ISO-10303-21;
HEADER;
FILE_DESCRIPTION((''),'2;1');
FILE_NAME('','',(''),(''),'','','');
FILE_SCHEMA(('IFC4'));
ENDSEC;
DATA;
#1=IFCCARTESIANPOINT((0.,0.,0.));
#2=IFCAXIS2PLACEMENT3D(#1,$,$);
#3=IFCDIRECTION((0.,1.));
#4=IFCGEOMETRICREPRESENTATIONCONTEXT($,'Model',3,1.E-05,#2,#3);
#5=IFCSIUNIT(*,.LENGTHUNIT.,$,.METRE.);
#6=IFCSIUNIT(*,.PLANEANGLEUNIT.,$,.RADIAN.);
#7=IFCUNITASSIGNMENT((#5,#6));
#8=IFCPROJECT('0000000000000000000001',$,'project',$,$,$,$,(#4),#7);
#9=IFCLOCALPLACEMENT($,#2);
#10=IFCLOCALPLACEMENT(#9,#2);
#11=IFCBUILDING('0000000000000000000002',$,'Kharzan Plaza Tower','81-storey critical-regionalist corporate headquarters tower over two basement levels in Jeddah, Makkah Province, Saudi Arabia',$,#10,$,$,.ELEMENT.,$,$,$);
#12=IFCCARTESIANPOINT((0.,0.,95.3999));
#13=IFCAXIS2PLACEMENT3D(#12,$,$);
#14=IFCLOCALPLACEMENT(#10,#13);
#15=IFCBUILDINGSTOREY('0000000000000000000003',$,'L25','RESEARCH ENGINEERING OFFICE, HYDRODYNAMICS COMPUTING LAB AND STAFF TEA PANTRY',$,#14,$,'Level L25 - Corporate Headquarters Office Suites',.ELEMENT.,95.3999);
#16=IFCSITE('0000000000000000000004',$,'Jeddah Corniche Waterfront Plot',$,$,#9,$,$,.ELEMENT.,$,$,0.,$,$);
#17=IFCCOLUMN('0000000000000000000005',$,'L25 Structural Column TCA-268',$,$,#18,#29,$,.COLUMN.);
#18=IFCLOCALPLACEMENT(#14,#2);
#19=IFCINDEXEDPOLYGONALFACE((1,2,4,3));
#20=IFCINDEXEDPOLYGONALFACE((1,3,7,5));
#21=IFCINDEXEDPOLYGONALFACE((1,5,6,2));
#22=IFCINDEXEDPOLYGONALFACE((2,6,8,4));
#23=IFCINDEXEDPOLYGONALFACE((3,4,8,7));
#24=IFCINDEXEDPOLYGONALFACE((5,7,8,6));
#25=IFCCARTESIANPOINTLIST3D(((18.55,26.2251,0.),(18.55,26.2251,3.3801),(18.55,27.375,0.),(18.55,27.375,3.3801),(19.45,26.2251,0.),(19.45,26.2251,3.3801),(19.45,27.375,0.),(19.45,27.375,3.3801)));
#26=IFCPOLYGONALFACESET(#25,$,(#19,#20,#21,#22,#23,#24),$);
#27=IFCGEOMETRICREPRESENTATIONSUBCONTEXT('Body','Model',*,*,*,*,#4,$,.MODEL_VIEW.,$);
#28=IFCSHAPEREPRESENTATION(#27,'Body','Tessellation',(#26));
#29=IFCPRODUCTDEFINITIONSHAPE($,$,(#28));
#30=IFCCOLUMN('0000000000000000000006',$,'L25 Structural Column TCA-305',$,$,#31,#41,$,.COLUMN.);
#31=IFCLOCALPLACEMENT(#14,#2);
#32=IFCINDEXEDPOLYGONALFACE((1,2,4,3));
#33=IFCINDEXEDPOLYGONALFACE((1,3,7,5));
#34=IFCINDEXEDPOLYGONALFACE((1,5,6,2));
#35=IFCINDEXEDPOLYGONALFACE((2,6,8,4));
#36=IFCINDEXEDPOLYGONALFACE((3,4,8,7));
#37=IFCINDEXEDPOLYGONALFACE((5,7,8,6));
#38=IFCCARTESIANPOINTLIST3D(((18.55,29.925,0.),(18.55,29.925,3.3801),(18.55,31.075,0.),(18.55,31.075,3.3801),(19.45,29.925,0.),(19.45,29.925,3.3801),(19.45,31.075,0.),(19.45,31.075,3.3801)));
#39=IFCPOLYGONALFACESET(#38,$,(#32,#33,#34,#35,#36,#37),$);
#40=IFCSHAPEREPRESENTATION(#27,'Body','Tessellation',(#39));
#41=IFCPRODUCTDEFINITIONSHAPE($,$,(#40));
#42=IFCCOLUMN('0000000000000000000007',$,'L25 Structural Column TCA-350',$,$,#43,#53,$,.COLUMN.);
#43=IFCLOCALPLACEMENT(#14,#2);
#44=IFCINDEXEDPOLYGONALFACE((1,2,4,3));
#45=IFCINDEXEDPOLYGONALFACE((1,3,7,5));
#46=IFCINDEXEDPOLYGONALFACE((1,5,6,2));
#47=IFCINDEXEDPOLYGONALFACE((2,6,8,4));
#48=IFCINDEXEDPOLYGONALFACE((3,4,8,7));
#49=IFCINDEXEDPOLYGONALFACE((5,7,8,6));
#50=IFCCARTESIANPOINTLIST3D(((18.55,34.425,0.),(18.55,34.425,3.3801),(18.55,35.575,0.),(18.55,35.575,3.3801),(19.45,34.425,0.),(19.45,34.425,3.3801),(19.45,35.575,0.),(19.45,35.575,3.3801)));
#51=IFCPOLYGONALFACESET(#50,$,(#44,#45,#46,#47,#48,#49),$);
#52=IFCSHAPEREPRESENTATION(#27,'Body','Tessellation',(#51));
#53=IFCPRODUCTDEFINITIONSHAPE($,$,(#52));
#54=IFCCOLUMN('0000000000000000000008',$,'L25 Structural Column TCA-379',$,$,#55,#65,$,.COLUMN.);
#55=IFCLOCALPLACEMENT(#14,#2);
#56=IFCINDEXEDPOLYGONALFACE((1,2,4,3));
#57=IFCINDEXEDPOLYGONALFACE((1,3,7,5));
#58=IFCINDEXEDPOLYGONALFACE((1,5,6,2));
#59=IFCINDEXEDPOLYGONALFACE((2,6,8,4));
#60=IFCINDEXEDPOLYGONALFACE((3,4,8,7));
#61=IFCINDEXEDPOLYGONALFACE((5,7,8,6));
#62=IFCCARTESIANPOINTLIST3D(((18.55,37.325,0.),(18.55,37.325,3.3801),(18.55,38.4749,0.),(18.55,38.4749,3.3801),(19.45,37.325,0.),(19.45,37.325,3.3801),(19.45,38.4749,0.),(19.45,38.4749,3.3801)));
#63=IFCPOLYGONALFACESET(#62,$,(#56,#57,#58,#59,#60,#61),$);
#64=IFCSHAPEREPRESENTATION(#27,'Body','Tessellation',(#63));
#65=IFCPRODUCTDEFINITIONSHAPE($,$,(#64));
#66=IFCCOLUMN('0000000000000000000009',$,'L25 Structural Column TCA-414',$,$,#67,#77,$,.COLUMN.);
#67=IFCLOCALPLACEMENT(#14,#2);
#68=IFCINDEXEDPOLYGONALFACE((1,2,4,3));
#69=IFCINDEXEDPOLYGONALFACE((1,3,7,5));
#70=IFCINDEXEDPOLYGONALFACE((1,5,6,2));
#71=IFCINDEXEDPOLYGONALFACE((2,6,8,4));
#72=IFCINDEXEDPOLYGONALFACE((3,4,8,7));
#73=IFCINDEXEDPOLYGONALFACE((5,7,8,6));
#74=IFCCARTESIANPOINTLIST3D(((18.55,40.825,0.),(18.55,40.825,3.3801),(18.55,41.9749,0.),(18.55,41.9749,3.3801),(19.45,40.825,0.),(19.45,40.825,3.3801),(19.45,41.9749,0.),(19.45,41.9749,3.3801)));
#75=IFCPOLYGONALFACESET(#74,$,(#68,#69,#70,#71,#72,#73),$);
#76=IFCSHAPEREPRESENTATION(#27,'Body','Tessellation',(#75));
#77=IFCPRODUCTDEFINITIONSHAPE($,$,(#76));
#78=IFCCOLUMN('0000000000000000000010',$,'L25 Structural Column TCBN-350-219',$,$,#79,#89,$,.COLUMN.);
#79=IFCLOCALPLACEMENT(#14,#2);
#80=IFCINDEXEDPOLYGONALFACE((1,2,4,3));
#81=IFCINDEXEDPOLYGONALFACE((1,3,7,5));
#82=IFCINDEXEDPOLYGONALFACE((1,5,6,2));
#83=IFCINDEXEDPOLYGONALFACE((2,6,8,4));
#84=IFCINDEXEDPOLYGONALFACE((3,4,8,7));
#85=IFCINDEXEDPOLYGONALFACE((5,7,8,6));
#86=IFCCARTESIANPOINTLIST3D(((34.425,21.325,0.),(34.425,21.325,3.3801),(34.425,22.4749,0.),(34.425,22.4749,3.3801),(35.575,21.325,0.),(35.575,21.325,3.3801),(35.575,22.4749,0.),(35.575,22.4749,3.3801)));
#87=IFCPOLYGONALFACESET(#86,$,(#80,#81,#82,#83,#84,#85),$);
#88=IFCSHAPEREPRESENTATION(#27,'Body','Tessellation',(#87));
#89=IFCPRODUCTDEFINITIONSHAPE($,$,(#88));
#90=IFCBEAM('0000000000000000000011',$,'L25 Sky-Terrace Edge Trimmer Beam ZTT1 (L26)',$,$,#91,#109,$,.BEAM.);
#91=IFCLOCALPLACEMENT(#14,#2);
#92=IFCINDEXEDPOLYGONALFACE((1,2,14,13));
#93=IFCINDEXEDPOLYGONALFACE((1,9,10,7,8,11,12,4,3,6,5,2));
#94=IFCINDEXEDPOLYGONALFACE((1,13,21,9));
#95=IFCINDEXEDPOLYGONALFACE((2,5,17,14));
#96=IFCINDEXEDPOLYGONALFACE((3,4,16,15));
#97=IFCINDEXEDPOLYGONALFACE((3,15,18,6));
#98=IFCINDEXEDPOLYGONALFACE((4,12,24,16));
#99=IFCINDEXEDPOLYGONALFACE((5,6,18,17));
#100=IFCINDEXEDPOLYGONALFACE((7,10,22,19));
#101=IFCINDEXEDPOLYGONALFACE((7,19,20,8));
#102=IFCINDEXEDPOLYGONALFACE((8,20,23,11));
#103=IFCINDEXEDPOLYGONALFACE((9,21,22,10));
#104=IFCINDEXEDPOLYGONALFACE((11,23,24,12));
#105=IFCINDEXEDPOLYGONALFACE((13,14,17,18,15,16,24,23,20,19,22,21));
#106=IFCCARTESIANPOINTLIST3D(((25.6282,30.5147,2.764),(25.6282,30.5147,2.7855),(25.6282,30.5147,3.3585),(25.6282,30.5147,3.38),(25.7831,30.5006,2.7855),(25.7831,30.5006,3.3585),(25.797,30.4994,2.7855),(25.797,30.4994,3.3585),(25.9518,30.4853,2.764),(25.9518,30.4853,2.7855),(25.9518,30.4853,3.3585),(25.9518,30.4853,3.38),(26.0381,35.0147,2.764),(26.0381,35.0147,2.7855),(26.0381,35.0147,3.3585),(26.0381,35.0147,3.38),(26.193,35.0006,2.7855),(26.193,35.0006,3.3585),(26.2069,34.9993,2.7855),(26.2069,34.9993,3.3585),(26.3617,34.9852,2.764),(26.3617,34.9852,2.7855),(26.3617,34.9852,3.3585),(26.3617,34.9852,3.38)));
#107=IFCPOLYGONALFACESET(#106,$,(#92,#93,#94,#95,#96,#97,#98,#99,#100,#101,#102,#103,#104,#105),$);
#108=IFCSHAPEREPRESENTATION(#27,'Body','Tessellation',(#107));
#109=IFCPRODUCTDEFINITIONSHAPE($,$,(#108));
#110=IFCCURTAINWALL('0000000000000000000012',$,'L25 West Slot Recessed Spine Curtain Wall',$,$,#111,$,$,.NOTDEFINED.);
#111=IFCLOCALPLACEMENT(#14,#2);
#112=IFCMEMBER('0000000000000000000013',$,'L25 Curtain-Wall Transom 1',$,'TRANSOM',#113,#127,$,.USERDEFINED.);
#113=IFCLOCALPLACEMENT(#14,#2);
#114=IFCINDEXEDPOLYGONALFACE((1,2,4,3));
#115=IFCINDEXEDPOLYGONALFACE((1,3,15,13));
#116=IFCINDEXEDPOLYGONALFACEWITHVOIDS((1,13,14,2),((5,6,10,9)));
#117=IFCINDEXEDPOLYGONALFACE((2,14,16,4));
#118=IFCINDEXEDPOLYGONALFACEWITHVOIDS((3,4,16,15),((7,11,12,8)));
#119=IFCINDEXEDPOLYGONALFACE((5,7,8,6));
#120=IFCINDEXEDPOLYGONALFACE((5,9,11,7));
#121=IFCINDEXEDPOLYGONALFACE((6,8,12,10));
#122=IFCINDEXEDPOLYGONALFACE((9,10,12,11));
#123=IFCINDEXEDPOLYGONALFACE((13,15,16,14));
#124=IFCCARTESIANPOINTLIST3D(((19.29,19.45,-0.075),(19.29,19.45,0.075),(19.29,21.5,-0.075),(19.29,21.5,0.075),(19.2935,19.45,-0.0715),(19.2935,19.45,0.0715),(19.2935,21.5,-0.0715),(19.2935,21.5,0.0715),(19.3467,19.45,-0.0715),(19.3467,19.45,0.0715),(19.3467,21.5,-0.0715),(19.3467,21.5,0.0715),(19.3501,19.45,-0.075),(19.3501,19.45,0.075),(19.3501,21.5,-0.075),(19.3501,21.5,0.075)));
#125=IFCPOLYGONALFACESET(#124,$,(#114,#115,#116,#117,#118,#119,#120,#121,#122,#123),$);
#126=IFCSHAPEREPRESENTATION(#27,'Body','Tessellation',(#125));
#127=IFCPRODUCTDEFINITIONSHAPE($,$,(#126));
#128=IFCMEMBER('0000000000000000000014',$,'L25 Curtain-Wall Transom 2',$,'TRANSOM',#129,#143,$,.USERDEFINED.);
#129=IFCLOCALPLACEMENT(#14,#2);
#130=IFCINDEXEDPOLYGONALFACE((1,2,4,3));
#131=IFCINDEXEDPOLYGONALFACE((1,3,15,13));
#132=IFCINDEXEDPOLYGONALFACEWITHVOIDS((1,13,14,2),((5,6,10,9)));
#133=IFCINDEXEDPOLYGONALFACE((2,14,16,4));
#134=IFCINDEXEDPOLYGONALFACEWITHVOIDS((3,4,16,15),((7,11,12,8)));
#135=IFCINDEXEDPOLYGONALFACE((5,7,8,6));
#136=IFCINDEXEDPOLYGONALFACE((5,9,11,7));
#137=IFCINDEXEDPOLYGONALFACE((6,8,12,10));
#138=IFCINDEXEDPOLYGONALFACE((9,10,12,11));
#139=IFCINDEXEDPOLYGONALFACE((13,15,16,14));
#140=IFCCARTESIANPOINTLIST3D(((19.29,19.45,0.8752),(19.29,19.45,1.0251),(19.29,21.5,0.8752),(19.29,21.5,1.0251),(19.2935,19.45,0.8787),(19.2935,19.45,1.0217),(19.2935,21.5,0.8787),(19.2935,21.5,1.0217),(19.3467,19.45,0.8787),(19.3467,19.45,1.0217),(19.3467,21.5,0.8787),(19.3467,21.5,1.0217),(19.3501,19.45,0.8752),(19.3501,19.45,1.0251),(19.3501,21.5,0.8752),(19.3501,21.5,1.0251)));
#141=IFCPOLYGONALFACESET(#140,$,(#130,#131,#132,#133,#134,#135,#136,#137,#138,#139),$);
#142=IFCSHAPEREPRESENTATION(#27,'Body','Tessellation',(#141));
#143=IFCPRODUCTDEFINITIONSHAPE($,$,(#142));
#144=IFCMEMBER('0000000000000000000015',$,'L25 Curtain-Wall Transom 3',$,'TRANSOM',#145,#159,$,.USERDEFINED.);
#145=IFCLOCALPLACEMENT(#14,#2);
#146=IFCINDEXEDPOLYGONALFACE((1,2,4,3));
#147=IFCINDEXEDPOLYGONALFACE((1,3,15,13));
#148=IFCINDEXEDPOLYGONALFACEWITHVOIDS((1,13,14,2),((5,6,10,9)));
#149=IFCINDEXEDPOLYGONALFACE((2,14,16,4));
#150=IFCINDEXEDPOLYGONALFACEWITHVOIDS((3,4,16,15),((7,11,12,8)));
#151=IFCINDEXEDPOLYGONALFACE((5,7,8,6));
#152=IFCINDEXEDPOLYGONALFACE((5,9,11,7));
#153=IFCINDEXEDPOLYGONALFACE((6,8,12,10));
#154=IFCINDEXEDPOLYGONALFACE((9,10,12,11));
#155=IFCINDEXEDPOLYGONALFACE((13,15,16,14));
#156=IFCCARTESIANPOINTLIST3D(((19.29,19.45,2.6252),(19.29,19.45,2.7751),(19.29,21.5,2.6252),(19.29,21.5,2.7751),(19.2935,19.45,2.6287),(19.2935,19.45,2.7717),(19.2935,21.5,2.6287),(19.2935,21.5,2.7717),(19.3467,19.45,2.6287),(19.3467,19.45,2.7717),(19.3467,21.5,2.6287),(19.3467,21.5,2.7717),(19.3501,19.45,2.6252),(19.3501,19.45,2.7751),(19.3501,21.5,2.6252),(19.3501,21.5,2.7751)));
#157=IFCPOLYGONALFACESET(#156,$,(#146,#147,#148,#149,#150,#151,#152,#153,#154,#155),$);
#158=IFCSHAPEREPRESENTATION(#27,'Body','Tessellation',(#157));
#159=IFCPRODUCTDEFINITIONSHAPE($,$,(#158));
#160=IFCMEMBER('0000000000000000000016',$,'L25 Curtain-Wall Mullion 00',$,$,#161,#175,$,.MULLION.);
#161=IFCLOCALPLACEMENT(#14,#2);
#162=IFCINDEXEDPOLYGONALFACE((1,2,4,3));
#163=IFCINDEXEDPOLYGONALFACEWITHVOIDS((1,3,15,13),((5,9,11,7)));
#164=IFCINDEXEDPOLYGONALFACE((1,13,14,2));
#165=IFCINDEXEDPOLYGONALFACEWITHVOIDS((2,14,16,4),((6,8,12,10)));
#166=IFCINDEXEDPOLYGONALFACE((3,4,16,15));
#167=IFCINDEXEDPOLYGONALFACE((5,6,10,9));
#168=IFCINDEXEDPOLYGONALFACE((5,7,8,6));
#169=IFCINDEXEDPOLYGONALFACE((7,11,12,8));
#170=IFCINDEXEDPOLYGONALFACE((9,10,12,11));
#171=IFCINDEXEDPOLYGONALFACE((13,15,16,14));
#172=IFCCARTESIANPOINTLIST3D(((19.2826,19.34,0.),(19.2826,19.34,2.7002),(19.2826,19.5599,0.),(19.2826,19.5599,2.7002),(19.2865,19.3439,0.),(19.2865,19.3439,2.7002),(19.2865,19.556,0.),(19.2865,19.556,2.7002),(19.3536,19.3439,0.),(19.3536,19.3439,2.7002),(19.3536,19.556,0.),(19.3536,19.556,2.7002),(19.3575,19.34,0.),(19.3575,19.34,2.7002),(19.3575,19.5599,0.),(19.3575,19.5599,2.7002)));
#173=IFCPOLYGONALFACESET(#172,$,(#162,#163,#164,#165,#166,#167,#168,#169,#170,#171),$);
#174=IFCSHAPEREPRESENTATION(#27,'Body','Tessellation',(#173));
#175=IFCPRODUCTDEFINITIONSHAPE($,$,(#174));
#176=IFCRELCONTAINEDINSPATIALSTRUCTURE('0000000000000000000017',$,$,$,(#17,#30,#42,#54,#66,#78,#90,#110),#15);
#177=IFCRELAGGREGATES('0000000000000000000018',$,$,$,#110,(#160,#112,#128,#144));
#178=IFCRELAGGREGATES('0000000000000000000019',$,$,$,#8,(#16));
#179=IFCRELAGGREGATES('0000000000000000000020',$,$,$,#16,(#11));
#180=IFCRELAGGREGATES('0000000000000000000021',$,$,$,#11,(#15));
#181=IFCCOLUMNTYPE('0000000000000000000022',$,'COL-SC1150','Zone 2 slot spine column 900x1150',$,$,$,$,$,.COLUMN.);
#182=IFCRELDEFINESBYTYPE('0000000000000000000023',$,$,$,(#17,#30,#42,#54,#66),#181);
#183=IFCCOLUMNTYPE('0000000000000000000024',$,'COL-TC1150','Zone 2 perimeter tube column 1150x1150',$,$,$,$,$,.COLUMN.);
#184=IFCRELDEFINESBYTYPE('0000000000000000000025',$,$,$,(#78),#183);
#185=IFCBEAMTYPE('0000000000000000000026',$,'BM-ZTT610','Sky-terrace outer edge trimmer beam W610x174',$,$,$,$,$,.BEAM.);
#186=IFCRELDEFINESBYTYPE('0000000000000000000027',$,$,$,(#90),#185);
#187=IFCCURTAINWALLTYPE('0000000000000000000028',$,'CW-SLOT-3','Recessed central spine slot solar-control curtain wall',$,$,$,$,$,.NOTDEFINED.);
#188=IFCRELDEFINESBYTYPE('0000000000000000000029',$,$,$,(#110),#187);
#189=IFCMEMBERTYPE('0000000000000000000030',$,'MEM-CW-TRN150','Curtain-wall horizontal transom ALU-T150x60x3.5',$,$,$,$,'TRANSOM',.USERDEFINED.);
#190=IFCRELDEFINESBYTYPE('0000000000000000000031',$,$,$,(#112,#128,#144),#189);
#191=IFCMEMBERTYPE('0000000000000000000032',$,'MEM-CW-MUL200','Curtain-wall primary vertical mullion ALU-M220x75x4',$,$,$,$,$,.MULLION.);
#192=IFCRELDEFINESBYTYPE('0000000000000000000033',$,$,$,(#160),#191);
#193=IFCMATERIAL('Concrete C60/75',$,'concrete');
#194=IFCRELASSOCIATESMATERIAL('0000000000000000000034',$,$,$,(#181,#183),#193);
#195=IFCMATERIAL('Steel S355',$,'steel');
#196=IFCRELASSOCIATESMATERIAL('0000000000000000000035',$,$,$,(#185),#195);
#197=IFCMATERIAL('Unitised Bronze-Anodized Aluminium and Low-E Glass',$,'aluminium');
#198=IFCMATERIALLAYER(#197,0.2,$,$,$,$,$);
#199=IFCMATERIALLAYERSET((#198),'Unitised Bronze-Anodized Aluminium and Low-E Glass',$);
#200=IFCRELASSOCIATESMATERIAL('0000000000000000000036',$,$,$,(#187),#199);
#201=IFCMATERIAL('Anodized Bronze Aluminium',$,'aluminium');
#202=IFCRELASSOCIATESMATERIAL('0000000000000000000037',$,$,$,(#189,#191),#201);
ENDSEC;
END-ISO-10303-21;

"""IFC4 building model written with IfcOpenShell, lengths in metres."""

from ifc_helpers import new_model, si_unit, direction, frame, origin, origin_2d, place, context, subcontext, project, spatial, rectangle, hollow_rectangle, i_section, extrude, source, transform, mapped, material, layer, layer_set, material_profile, profile_set, type_object, element, aggregate, save


model = new_model("IFC4")

# Units and contexts
model_context = context("Model", 3, precision=1e-05, world=origin(), true_north=direction((0.0, 1.0)))
body_context = subcontext(model_context, "Body", "Model", "MODEL_VIEW")
ifc_project = project(units=[si_unit("LENGTHUNIT", "METRE"), si_unit("PLANEANGLEUNIT", "RADIAN")], contexts=[model_context])

# Site, building, storey
site_placement = place(None, origin())
site = spatial("IfcSite", under=ifc_project, at=site_placement, Name="Jeddah Corniche Waterfront Plot", CompositionType="ELEMENT", RefElevation=0.0)
building_placement = place(site_placement, origin())
building = spatial("IfcBuilding", under=site, at=building_placement, Name="Kharzan Plaza Tower", Description="81-storey critical-regionalist corporate headquarters tower over two basement levels in Jeddah, Makkah Province, Saudi Arabia", CompositionType="ELEMENT")
storey_placement = place(building_placement, frame((0.0, 0.0, 95.3999)))
storey = spatial("IfcBuildingStorey", under=building, at=storey_placement, Name="L25", Description="RESEARCH ENGINEERING OFFICE, HYDRODYNAMICS COMPUTING LAB AND STAFF TEA PANTRY", LongName="Level L25 - Corporate Headquarters Office Suites", CompositionType="ELEMENT", Elevation=95.3999)

# Columns
ifc_material_1 = material(Name="Concrete C60/75", Category="concrete")
ifc_material_profile_1 = material_profile(ifc_material_1, rectangle(XDim=0.8999, YDim=1.1499, at=origin_2d()), Name="RC-SC1150x900")
ifc_profile_set_1 = profile_set([ifc_material_profile_1], Name="Concrete C60/75")
column_type_1 = type_object("IfcColumnType", Name="COL-SC1150", Description="Zone 2 slot spine column 900x1150", PredefinedType="COLUMN", material=ifc_profile_set_1)
shared_shape_1 = source(origin(), body_context, "Body", "SweptSolid", [
    extrude(rectangle(XDim=0.8999, YDim=1.1499, at=origin_2d()), origin(), (0.0, 0.0, 1.0), 3.3801),
])
for number, where, z_axis, x_axis, name in (
    (1, (19.0, 26.8, 0.0), (0.0, 0.0, 1.0), (1.0, 0.0, 0.0), "L25 Structural Column TCA-268"),
    (2, (19.0, 30.5, 0.0), (0.0, 0.0, 1.0), (1.0, 0.0, 0.0), "L25 Structural Column TCA-305"),
    (3, (19.0, 35.0, 0.0), (0.0, 0.0, 1.0), (1.0, 0.0, 0.0), "L25 Structural Column TCA-350"),
    (4, (19.0, 37.8999, 0.0), (0.0, 0.0, 1.0), (1.0, 0.0, 0.0), "L25 Structural Column TCA-379"),
    (5, (19.0, 41.3999, 0.0), (0.0, 0.0, 1.0), (1.0, 0.0, 0.0), "L25 Structural Column TCA-414"),
):
    element("IfcColumn", number, at=place(storey_placement, frame(where, z_axis=z_axis, x_axis=x_axis)), inside=storey, type_object=column_type_1, Name=name, PredefinedType="COLUMN", context=body_context, shape_type="MappedRepresentation", body=[
        mapped(shared_shape_1, transform((0.0, 0.0, 0.0), x_axis=(1.0, 0.0, 0.0), y_axis=(0.0, 1.0, 0.0), z_axis=(0.0, 0.0, 1.0))),
    ])
ifc_material_profile_2 = material_profile(ifc_material_1, rectangle(XDim=1.1499, YDim=1.1499, at=origin_2d()), Name="RC-TC1150x1150")
ifc_profile_set_2 = profile_set([ifc_material_profile_2], Name="Concrete C60/75")
column_type_2 = type_object("IfcColumnType", Name="COL-TC1150", Description="Zone 2 perimeter tube column 1150x1150", PredefinedType="COLUMN", material=ifc_profile_set_2)
shared_shape_2 = source(origin(), body_context, "Body", "SweptSolid", [
    extrude(rectangle(XDim=1.1499, YDim=1.1499, at=origin_2d()), origin(), (0.0, 0.0, 1.0), 3.3801),
])
column_placement = place(storey_placement, frame((35.0, 21.8999, 0.0), z_axis=(0.0, 0.0, 1.0), x_axis=(1.0, 0.0, 0.0)))
element("IfcColumn", 6, at=column_placement, inside=storey, type_object=column_type_2, Name="L25 Structural Column TCBN-350-219", PredefinedType="COLUMN", context=body_context, shape_type="MappedRepresentation", body=[
    mapped(shared_shape_2, transform((0.0, 0.0, 0.0), x_axis=(1.0, 0.0, 0.0), y_axis=(0.0, 1.0, 0.0), z_axis=(0.0, 0.0, 1.0))),
])

# Beam
ifc_material_2 = material(Name="Steel S355", Category="steel")
ifc_material_profile_3 = material_profile(ifc_material_2, i_section(OverallWidth=0.325, OverallDepth=0.616, WebThickness=0.0139, FlangeThickness=0.0215, at=origin_2d()), Name="W610x174")
ifc_profile_set_3 = profile_set([ifc_material_profile_3], Name="Steel S355")
beam_type_1 = type_object("IfcBeamType", Name="BM-ZTT610", Description="Sky-terrace outer edge trimmer beam W610x174", PredefinedType="BEAM", material=ifc_profile_set_3)
shared_shape_3 = source(origin(), body_context, "Body", "SweptSolid", [
    extrude(i_section(OverallWidth=0.325, OverallDepth=0.616, WebThickness=0.0139, FlangeThickness=0.0215, at=origin_2d()), origin(), (0.0, 0.0, 1.0), 4.5186),
])
beam_1_placement = place(storey_placement, frame((25.79, 30.5, 3.072), z_axis=(0.090716, 0.995877, 0.0), x_axis=(-0.995877, 0.090716, 0.0)))
element("IfcBeam", 7, at=beam_1_placement, inside=storey, type_object=beam_type_1, Name="L25 Sky-Terrace Edge Trimmer Beam ZTT1 (L26)", PredefinedType="BEAM", context=body_context, shape_type="MappedRepresentation", body=[
    mapped(shared_shape_3, transform((0.0, 0.0, 0.0), x_axis=(1.0, 0.0, 0.0), y_axis=(0.0, 1.0, 0.0), z_axis=(0.0, 0.0, 1.0))),
])

# Curtain wall, members
ifc_material_3 = material(Name="Unitised Bronze-Anodized Aluminium and Low-E Glass", Category="aluminium")
ifc_layer_1 = layer(ifc_material_3, 0.2)
ifc_layer_set_1 = layer_set([ifc_layer_1], Name="Unitised Bronze-Anodized Aluminium and Low-E Glass")
curtain_wall_type = type_object("IfcCurtainWallType", Name="CW-SLOT-3", Description="Recessed central spine slot solar-control curtain wall", PredefinedType="NOTDEFINED", material=ifc_layer_set_1)
curtain_wall_placement = place(storey_placement, origin())
curtain_wall = element("IfcCurtainWall", 8, at=curtain_wall_placement, inside=storey, type_object=curtain_wall_type, Name="L25 West Slot Recessed Spine Curtain Wall", PredefinedType="NOTDEFINED")
ifc_material_4 = material(Name="Anodized Bronze Aluminium", Category="aluminium")
ifc_material_profile_4 = material_profile(ifc_material_4, hollow_rectangle(XDim=0.0601, YDim=0.1499, WallThickness=0.0034, at=origin_2d()), Name="ALU-T150x60x3.5")
ifc_profile_set_4 = profile_set([ifc_material_profile_4], Name="Anodized Bronze Aluminium")
member_type_1 = type_object("IfcMemberType", Name="MEM-CW-TRN150", Description="Curtain-wall horizontal transom ALU-T150x60x3.5", ElementType="TRANSOM", PredefinedType="USERDEFINED", material=ifc_profile_set_4)
shared_shape_4 = source(origin(), body_context, "Body", "SweptSolid", [
    extrude(hollow_rectangle(XDim=0.0601, YDim=0.1499, WallThickness=0.0034, at=origin_2d()), origin(), (0.0, 0.0, 1.0), 2.05),
])
member_1_placement = place(storey_placement, frame((19.3201, 19.45, 0.0), z_axis=(0.0, 1.0, 0.0), x_axis=(-1.0, 0.0, 0.0)))
member_1 = element("IfcMember", 9, at=member_1_placement, type_object=member_type_1, Name="L25 Curtain-Wall Transom 1", ObjectType="TRANSOM", PredefinedType="USERDEFINED", context=body_context, shape_type="MappedRepresentation", body=[
    mapped(shared_shape_4, transform((0.0, 0.0, 0.0), x_axis=(1.0, 0.0, 0.0), y_axis=(0.0, 1.0, 0.0), z_axis=(0.0, 0.0, 1.0))),
])
member_2_placement = place(storey_placement, frame((19.3201, 19.45, 0.9502), z_axis=(0.0, 1.0, 0.0), x_axis=(-1.0, 0.0, 0.0)))
member_2 = element("IfcMember", 10, at=member_2_placement, type_object=member_type_1, Name="L25 Curtain-Wall Transom 2", ObjectType="TRANSOM", PredefinedType="USERDEFINED", context=body_context, shape_type="MappedRepresentation", body=[
    mapped(shared_shape_4, transform((0.0, 0.0, 0.0), x_axis=(1.0, 0.0, 0.0), y_axis=(0.0, 1.0, 0.0), z_axis=(0.0, 0.0, 1.0))),
])
member_3_placement = place(storey_placement, frame((19.3201, 19.45, 2.7002), z_axis=(0.0, 1.0, 0.0), x_axis=(-1.0, 0.0, 0.0)))
member_3 = element("IfcMember", 11, at=member_3_placement, type_object=member_type_1, Name="L25 Curtain-Wall Transom 3", ObjectType="TRANSOM", PredefinedType="USERDEFINED", context=body_context, shape_type="MappedRepresentation", body=[
    mapped(shared_shape_4, transform((0.0, 0.0, 0.0), x_axis=(1.0, 0.0, 0.0), y_axis=(0.0, 1.0, 0.0), z_axis=(0.0, 0.0, 1.0))),
])
ifc_material_profile_5 = material_profile(ifc_material_4, hollow_rectangle(XDim=0.075, YDim=0.22, WallThickness=0.0039, at=origin_2d()), Name="ALU-M220x75x4")
ifc_profile_set_5 = profile_set([ifc_material_profile_5], Name="Anodized Bronze Aluminium")
member_type_2 = type_object("IfcMemberType", Name="MEM-CW-MUL200", Description="Curtain-wall primary vertical mullion ALU-M220x75x4", PredefinedType="MULLION", material=ifc_profile_set_5)
shared_shape_5 = source(origin(), body_context, "Body", "SweptSolid", [
    extrude(hollow_rectangle(XDim=0.075, YDim=0.22, WallThickness=0.0039, at=origin_2d()), origin(), (0.0, 0.0, 1.0), 2.7002),
])
member_4_placement = place(storey_placement, frame((19.3201, 19.45, 0.0), z_axis=(0.0, 0.0, 1.0), x_axis=(1.0, 0.0, 0.0)))
member_4 = element("IfcMember", 12, at=member_4_placement, type_object=member_type_2, Name="L25 Curtain-Wall Mullion 00", PredefinedType="MULLION", context=body_context, shape_type="MappedRepresentation", body=[
    mapped(shared_shape_5, transform((0.0, 0.0, 0.0), x_axis=(1.0, 0.0, 0.0), y_axis=(0.0, 1.0, 0.0), z_axis=(0.0, 0.0, 1.0))),
])

aggregate(curtain_wall, [member_4, member_1, member_2, member_3])

save(model, "model.ifc")
